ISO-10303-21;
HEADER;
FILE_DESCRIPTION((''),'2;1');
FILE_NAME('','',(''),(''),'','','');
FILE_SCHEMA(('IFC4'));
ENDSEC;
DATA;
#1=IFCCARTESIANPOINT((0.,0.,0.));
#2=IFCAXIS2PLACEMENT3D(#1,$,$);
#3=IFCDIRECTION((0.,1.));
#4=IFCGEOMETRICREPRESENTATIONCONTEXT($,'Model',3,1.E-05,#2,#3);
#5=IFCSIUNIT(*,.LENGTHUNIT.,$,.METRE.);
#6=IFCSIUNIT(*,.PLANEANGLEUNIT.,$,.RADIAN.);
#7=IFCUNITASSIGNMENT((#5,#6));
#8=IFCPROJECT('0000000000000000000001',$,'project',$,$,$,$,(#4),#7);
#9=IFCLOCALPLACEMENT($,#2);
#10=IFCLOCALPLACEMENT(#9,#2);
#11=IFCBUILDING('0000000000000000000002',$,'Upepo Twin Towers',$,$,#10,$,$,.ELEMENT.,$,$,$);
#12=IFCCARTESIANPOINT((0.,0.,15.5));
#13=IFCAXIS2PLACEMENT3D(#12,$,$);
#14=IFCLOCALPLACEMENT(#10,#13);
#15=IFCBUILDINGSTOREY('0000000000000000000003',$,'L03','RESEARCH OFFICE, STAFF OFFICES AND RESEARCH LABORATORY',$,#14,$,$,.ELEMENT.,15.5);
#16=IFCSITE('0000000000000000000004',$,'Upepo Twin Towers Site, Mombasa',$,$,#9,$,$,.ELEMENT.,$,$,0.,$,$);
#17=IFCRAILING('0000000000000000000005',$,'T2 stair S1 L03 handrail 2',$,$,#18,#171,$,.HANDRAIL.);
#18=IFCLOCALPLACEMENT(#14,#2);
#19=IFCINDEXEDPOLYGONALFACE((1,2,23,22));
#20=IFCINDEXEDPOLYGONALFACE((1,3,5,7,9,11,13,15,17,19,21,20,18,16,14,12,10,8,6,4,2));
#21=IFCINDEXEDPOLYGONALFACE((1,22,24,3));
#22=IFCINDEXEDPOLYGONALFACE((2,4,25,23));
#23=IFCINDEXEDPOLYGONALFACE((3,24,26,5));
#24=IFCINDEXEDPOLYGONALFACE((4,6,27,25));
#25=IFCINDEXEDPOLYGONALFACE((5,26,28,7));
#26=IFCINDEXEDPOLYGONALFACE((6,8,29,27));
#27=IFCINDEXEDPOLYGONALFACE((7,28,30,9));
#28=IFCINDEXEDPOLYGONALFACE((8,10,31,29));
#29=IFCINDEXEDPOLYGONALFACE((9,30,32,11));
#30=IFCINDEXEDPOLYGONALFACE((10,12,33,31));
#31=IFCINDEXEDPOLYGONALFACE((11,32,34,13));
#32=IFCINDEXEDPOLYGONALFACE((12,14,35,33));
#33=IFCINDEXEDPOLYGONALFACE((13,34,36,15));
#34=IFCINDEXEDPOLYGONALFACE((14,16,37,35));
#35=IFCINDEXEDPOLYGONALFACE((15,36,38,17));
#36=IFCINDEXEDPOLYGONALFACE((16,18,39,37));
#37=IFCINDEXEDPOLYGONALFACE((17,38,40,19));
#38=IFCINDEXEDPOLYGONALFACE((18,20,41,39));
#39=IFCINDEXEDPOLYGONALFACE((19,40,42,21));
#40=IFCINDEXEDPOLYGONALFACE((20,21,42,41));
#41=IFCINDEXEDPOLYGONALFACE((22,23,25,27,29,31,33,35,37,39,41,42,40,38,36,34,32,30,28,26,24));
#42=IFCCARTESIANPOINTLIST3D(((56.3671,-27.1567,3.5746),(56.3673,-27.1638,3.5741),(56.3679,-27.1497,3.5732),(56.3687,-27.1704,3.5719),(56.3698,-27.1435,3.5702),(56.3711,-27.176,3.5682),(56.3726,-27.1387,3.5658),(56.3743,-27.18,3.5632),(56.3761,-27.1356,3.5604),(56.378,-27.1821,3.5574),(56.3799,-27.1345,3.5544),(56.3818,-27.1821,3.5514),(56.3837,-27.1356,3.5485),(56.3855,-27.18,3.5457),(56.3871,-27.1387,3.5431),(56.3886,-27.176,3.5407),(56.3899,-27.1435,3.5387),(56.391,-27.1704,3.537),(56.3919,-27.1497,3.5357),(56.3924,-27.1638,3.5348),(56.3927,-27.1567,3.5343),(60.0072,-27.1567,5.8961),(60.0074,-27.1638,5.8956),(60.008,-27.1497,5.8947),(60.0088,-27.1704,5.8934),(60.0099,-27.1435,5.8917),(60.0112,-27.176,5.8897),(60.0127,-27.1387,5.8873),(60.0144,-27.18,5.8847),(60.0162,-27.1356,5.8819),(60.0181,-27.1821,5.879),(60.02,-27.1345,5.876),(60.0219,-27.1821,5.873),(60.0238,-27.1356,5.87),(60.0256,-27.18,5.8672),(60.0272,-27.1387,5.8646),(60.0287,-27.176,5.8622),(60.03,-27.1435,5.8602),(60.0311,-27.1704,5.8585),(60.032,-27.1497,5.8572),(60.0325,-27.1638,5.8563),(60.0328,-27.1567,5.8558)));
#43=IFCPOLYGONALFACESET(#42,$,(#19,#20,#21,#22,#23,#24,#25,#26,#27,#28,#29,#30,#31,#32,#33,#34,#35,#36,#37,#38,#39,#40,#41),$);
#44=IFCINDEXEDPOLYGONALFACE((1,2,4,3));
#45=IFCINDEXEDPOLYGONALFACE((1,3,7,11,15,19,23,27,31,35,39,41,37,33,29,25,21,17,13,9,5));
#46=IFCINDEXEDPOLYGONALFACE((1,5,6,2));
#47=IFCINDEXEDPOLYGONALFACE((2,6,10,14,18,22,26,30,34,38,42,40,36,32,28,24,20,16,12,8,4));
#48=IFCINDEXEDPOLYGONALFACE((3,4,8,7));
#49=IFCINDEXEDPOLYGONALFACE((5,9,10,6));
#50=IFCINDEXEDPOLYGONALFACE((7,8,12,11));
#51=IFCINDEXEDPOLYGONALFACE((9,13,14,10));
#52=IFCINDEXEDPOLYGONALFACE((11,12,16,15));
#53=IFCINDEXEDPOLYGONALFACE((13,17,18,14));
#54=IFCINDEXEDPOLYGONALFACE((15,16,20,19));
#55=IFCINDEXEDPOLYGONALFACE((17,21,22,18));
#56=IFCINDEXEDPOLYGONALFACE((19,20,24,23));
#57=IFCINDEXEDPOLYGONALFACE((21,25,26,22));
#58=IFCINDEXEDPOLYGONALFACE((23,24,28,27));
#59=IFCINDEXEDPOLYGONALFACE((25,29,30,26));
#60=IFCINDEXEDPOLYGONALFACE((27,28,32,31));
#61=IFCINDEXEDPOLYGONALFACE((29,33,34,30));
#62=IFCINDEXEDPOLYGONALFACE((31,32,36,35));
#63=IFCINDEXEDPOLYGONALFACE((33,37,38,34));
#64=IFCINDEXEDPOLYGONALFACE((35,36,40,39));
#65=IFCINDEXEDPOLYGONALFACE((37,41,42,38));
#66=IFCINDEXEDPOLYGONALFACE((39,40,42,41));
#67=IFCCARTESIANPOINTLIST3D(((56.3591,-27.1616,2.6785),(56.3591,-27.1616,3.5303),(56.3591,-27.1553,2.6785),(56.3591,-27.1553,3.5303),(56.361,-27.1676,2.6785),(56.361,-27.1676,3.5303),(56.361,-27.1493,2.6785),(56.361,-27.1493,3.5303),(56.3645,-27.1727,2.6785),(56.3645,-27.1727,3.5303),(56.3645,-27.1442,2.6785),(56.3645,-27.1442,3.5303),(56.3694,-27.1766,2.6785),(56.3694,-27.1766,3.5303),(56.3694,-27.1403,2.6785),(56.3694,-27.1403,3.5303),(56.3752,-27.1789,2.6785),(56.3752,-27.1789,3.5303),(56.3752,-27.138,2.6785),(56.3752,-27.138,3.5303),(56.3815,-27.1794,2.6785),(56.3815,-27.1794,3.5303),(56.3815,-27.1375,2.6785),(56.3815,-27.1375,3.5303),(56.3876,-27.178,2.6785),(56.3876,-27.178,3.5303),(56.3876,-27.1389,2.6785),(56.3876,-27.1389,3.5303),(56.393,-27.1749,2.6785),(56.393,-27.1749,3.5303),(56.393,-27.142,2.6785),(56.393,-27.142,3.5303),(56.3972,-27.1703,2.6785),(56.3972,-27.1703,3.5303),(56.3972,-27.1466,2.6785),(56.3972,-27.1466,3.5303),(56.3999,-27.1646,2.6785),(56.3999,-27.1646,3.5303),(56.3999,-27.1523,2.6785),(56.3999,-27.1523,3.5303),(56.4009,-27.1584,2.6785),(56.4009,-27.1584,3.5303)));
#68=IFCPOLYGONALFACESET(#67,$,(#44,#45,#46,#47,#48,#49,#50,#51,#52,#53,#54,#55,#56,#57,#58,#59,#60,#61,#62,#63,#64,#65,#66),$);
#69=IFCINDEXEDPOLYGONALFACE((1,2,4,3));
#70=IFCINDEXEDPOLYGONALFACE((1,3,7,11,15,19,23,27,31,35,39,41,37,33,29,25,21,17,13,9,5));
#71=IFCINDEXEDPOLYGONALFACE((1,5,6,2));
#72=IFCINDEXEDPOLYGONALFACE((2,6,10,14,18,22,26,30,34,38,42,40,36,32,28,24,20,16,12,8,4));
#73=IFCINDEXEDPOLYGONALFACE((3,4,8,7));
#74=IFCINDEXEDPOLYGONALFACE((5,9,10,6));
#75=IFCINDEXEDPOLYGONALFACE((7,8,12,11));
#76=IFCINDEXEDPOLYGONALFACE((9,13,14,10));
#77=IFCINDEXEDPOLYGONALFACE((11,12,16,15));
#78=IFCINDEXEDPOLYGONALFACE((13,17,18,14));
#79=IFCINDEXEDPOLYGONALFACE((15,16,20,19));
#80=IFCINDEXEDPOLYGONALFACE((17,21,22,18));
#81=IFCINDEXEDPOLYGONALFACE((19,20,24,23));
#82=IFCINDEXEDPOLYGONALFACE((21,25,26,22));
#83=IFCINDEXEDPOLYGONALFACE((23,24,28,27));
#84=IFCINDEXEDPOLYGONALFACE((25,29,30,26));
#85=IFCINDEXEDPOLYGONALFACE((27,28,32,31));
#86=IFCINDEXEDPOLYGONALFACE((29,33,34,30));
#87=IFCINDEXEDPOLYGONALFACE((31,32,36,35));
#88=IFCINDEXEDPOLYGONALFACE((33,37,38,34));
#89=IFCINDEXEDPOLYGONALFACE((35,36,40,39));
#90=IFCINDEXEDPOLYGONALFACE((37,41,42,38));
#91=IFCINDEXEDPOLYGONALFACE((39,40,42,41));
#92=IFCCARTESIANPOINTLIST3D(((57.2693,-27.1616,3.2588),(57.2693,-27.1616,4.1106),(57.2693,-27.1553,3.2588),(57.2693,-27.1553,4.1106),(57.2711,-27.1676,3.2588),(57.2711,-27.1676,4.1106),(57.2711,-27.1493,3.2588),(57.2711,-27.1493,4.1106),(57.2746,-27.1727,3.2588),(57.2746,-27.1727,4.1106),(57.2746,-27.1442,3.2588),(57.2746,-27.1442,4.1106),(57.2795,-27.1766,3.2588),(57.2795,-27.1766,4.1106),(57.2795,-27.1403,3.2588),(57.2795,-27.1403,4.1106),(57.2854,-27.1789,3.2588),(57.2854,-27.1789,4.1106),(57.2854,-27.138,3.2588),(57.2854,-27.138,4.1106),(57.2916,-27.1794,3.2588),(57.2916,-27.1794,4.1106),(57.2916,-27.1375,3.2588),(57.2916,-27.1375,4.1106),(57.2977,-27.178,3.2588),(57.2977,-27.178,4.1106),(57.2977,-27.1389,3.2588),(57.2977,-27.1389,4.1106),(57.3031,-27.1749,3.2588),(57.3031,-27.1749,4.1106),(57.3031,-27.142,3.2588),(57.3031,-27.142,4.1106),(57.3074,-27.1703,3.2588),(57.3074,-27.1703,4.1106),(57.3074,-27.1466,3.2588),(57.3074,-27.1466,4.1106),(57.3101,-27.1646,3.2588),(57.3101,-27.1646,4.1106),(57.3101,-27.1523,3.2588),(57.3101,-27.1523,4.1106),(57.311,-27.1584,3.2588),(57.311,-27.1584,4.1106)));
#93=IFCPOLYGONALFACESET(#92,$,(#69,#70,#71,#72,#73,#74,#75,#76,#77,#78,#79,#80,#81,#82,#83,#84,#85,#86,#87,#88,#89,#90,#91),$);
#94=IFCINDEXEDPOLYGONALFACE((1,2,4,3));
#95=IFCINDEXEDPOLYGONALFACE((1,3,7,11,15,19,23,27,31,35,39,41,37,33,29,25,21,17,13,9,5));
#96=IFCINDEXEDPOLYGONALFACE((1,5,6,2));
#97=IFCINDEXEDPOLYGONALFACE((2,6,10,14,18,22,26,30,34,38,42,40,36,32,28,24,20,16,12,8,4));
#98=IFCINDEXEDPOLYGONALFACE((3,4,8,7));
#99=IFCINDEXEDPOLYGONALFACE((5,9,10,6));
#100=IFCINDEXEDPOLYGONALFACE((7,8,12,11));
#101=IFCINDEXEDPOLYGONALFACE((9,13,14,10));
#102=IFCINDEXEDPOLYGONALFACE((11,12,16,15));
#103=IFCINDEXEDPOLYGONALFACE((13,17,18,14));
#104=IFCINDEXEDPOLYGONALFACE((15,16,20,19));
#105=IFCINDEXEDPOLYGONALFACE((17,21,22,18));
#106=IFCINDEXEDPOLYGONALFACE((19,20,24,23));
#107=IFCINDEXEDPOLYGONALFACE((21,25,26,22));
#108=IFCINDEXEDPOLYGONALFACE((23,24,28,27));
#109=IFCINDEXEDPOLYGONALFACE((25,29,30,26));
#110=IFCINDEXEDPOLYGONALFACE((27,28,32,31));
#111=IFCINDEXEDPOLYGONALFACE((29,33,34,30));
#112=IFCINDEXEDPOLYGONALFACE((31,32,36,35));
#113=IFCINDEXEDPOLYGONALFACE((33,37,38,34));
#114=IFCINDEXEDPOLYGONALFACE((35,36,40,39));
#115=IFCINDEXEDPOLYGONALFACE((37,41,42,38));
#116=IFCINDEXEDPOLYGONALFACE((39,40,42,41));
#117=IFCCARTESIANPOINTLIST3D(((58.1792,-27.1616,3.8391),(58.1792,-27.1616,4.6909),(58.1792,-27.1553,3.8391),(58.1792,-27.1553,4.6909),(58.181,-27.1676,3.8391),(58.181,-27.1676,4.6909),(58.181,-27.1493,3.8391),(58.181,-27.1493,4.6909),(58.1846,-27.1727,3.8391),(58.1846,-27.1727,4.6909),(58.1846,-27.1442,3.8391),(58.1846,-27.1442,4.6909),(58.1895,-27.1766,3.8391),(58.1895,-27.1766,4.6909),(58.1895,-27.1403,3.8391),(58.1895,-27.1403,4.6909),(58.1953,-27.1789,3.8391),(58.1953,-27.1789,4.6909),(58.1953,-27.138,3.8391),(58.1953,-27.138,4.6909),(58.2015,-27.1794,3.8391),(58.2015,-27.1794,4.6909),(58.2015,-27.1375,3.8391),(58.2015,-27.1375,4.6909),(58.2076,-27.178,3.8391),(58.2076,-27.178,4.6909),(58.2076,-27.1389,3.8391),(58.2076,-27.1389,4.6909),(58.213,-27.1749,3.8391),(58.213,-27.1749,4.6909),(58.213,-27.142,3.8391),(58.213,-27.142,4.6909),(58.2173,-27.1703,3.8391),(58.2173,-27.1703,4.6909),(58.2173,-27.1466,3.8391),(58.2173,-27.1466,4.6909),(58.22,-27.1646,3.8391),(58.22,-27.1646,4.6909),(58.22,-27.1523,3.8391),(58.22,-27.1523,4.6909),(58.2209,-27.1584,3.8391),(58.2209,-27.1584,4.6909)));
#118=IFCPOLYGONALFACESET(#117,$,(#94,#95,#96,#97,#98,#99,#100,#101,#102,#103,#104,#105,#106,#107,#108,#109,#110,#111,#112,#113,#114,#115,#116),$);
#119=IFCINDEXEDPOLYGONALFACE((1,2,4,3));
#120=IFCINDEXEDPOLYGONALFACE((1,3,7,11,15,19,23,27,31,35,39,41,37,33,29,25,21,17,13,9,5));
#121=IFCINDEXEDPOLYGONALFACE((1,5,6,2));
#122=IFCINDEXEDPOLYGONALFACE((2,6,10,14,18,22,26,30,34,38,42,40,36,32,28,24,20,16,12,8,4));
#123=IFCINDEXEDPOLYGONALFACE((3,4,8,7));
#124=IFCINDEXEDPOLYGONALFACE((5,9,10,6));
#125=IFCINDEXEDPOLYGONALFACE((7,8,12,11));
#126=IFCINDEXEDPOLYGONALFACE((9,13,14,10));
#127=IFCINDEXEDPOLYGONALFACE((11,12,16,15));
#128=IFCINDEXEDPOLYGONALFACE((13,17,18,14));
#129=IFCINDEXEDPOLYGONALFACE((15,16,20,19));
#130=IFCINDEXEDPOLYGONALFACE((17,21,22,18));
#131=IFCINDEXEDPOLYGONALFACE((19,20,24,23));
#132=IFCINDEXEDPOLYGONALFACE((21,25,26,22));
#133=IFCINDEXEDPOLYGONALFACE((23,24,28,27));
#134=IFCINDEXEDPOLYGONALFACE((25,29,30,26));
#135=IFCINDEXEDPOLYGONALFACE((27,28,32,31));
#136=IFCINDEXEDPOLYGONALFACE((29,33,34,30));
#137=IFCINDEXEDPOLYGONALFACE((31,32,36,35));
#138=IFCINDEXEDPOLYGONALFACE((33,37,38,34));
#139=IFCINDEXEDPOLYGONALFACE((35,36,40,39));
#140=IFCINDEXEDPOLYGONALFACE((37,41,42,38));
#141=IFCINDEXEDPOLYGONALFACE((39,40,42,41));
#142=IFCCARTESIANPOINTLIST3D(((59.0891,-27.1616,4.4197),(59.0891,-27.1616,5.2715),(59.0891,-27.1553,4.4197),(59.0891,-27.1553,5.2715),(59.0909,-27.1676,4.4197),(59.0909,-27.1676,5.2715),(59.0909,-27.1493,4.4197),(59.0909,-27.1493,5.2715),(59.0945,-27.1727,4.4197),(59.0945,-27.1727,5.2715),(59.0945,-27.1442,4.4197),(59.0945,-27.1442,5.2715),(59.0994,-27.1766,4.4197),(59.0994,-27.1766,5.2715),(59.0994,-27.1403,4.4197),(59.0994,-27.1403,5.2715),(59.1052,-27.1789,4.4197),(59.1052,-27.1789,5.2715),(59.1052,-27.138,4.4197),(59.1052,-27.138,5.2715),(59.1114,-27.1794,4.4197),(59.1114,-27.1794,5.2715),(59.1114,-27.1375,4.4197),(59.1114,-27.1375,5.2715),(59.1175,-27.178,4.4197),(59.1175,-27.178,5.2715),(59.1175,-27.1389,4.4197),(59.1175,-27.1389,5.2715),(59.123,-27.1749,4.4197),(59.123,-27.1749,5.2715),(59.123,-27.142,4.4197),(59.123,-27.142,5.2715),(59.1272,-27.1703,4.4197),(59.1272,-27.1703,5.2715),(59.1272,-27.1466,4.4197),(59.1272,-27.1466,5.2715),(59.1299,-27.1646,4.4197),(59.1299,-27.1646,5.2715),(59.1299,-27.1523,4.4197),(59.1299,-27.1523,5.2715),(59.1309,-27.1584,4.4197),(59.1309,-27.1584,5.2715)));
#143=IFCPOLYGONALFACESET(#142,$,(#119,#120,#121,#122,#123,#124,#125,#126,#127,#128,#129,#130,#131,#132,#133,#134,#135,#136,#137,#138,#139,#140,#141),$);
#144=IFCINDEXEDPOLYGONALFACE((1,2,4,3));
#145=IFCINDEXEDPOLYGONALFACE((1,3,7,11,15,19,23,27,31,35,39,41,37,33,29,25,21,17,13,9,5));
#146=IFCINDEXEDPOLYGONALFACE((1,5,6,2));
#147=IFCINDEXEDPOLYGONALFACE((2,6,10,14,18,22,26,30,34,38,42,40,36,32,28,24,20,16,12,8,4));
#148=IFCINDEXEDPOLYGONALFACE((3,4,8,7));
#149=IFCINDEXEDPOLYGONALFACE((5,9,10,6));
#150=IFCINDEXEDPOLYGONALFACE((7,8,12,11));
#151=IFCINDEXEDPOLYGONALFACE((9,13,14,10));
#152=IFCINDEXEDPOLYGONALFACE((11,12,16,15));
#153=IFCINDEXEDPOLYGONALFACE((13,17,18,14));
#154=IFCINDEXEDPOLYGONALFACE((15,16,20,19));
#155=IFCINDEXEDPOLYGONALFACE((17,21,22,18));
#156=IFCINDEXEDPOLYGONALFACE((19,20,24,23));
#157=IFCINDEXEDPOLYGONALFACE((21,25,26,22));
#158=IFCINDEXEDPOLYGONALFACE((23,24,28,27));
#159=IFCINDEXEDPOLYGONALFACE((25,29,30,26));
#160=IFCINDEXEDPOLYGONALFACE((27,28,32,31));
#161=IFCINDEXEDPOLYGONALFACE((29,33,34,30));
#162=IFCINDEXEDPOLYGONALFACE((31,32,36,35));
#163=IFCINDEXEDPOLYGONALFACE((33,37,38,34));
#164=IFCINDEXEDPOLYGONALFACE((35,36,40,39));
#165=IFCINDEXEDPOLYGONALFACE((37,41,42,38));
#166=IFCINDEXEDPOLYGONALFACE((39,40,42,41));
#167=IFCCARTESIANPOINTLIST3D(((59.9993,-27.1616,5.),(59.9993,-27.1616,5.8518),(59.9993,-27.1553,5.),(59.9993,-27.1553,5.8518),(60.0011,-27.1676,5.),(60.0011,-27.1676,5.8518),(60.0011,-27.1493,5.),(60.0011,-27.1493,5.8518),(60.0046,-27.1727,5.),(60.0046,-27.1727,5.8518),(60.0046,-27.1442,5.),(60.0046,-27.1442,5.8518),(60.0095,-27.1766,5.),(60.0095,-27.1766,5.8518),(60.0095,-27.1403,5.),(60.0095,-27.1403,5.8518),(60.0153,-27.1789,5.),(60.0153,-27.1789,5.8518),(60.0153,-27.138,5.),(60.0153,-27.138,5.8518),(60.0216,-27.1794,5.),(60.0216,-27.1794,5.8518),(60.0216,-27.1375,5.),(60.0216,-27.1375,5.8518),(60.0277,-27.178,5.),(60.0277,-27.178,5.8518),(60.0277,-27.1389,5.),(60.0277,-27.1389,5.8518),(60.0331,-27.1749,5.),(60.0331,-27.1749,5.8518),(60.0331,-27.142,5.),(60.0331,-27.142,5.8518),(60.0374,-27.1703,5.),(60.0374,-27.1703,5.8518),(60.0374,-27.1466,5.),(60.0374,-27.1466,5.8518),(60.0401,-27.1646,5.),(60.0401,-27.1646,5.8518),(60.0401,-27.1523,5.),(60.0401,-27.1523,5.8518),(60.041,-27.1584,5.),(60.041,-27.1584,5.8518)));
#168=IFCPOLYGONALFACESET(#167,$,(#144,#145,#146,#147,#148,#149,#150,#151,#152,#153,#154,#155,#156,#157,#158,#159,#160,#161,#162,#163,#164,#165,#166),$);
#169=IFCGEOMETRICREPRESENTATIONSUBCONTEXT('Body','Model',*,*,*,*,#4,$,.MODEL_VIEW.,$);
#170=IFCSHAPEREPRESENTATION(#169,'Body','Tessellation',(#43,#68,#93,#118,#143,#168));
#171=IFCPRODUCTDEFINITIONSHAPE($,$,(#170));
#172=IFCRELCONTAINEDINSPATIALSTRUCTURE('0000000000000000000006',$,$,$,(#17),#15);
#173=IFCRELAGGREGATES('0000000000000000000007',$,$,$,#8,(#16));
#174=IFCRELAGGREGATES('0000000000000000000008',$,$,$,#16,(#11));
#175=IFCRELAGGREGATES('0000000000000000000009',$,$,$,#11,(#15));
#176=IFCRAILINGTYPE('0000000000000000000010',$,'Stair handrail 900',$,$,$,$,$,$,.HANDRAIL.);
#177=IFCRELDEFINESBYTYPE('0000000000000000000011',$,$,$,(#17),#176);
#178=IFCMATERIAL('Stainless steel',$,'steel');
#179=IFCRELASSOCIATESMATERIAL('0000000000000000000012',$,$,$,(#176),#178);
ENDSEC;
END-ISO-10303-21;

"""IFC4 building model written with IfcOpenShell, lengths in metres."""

from ifc_helpers import new_model, si_unit, direction, frame, origin, origin_2d, place, context, subcontext, project, spatial, circle, extrude, material, type_object, element, save


model = new_model("IFC4")

# Units and contexts
model_context = context("Model", 3, precision=1e-05, world=origin(), true_north=direction((0.0, 1.0)))
body_context = subcontext(model_context, "Body", "Model", "MODEL_VIEW")
ifc_project = project(units=[si_unit("LENGTHUNIT", "METRE"), si_unit("PLANEANGLEUNIT", "RADIAN")], contexts=[model_context])

# Site, building, storey
site_placement = place(None, origin())
site = spatial("IfcSite", under=ifc_project, at=site_placement, Name="Upepo Twin Towers Site, Mombasa", CompositionType="ELEMENT", RefElevation=0.0)
building_placement = place(site_placement, origin())
building = spatial("IfcBuilding", under=site, at=building_placement, Name="Upepo Twin Towers", CompositionType="ELEMENT")
storey_placement = place(building_placement, frame((0.0, 0.0, 15.5)))
storey = spatial("IfcBuildingStorey", under=building, at=storey_placement, Name="L03", Description="RESEARCH OFFICE, STAFF OFFICES AND RESEARCH LABORATORY", CompositionType="ELEMENT", Elevation=15.5)

# Railing
ifc_material_1 = material(Name="Stainless steel", Category="steel")
railing_type = type_object("IfcRailingType", Name="Stair handrail 900", PredefinedType="HANDRAIL", material=ifc_material_1)
railing_1_placement = place(storey_placement, frame((56.3799, -27.1584, 2.6785)))
element("IfcRailing", 1, at=railing_1_placement, inside=storey, type_object=railing_type, Name="T2 stair S1 L03 handrail 2", PredefinedType="HANDRAIL", context=body_context, shape_type="SweptSolid", body=[
    extrude(circle(Radius=0.0239, at=origin_2d()), frame((0.0, 0.0, 0.876), z_axis=(0.843128, 0.0, 0.537713), x_axis=(0.0, 1.0, 0.0)), (0.0, 0.0, 1.0), 4.3174),
    extrude(circle(Radius=0.021, at=origin_2d()), origin(), (0.0, 0.0, 1.0), 0.8518),
    extrude(circle(Radius=0.021, at=origin_2d()), frame((0.9102, 0.0, 0.5803)), (0.0, 0.0, 1.0), 0.8518),
    extrude(circle(Radius=0.021, at=origin_2d()), frame((1.8201, 0.0, 1.1606)), (0.0, 0.0, 1.0), 0.8518),
    extrude(circle(Radius=0.021, at=origin_2d()), frame((2.73, 0.0, 1.7412)), (0.0, 0.0, 1.0), 0.8518),
    extrude(circle(Radius=0.021, at=origin_2d()), frame((3.6401, 0.0, 2.3215)), (0.0, 0.0, 1.0), 0.8518),
])

save(model, "model.ifc")
